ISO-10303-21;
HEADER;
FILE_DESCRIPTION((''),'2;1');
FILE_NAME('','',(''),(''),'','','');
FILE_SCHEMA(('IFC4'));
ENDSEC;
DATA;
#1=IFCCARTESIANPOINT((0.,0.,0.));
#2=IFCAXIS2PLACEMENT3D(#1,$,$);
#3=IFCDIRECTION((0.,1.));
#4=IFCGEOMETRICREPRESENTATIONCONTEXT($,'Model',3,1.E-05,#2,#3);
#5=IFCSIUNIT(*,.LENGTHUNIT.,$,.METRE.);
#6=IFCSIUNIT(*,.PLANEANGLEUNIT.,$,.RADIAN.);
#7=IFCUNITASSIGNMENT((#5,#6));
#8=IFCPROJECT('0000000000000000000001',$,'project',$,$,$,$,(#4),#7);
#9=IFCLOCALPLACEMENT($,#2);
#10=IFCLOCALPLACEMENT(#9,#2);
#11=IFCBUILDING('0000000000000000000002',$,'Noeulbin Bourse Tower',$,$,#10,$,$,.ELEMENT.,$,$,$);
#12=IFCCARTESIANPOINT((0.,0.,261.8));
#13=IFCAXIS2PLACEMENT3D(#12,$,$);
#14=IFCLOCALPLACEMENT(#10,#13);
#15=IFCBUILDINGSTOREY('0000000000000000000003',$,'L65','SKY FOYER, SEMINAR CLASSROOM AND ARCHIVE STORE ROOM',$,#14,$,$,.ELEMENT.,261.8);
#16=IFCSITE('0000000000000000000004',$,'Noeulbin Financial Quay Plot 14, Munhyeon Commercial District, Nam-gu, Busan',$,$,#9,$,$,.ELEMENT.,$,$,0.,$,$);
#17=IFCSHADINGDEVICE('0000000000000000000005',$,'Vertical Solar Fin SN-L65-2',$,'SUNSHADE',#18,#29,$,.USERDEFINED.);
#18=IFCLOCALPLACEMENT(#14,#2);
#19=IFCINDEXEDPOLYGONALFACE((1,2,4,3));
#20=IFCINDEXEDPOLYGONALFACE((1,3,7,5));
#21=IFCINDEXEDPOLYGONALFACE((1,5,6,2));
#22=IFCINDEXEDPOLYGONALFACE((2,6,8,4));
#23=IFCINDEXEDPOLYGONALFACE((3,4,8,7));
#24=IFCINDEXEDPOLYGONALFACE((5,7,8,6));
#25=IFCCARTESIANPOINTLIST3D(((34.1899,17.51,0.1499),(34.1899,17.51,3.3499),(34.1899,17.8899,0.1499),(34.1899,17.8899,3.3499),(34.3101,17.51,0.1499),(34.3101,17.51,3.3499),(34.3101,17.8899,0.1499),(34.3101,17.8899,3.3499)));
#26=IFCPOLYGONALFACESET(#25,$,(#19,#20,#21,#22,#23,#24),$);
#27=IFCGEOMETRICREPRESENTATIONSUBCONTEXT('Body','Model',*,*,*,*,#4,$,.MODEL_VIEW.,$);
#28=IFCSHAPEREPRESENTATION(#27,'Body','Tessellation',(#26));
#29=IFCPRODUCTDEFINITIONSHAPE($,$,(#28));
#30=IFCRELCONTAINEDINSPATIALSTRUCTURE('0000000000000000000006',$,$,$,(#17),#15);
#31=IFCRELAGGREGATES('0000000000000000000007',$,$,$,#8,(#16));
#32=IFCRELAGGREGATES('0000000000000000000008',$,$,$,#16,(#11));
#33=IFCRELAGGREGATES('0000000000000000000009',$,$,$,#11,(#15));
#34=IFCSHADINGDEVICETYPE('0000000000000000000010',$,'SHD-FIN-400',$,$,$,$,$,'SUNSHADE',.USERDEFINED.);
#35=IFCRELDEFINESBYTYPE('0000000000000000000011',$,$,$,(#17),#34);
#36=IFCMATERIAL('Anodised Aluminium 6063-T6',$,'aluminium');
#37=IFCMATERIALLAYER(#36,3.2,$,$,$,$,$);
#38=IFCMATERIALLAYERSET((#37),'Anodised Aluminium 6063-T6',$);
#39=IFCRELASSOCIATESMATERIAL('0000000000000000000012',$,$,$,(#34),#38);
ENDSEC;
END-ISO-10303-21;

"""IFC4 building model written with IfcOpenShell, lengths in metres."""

from ifc_helpers import new_model, si_unit, direction, frame, origin, origin_2d, place, context, subcontext, project, spatial, rectangle, extrude, material, layer, layer_set, type_object, element, save


model = new_model("IFC4")

# Units and contexts
model_context = context("Model", 3, precision=1e-05, world=origin(), true_north=direction((0.0, 1.0)))
body_context = subcontext(model_context, "Body", "Model", "MODEL_VIEW")
ifc_project = project(units=[si_unit("LENGTHUNIT", "METRE"), si_unit("PLANEANGLEUNIT", "RADIAN")], contexts=[model_context])

# Site, building, storey
site_placement = place(None, origin())
site = spatial("IfcSite", under=ifc_project, at=site_placement, Name="Noeulbin Financial Quay Plot 14, Munhyeon Commercial District, Nam-gu, Busan", CompositionType="ELEMENT", RefElevation=0.0)
building_placement = place(site_placement, origin())
building = spatial("IfcBuilding", under=site, at=building_placement, Name="Noeulbin Bourse Tower", CompositionType="ELEMENT")
storey_placement = place(building_placement, frame((0.0, 0.0, 261.8)))
storey = spatial("IfcBuildingStorey", under=building, at=storey_placement, Name="L65", Description="SKY FOYER, SEMINAR CLASSROOM AND ARCHIVE STORE ROOM", CompositionType="ELEMENT", Elevation=261.8)

# Shared definitions
ifc_material_1 = material(Name="Anodised Aluminium 6063-T6", Category="aluminium")

# Shading device
ifc_layer_1 = layer(ifc_material_1, 3.2)
ifc_layer_set_1 = layer_set([ifc_layer_1], Name="Anodised Aluminium 6063-T6")
shading_device_type = type_object("IfcShadingDeviceType", Name="SHD-FIN-400", ElementType="SUNSHADE", PredefinedType="USERDEFINED", material=ifc_layer_set_1)
shading_device_placement = place(storey_placement, frame((34.25, 17.7, 0.1499), z_axis=(0.0, 0.0, 1.0), x_axis=(1.0, 0.0, 0.0)))
element("IfcShadingDevice", 1, at=shading_device_placement, inside=storey, type_object=shading_device_type, Name="Vertical Solar Fin SN-L65-2", ObjectType="SUNSHADE", PredefinedType="USERDEFINED", context=body_context, shape_type="SweptSolid", body=[
    extrude(rectangle(XDim=0.1201, YDim=0.3799, at=origin_2d()), origin(), (0.0, 0.0, 1.0), 3.2),
])

save(model, "model.ifc")
